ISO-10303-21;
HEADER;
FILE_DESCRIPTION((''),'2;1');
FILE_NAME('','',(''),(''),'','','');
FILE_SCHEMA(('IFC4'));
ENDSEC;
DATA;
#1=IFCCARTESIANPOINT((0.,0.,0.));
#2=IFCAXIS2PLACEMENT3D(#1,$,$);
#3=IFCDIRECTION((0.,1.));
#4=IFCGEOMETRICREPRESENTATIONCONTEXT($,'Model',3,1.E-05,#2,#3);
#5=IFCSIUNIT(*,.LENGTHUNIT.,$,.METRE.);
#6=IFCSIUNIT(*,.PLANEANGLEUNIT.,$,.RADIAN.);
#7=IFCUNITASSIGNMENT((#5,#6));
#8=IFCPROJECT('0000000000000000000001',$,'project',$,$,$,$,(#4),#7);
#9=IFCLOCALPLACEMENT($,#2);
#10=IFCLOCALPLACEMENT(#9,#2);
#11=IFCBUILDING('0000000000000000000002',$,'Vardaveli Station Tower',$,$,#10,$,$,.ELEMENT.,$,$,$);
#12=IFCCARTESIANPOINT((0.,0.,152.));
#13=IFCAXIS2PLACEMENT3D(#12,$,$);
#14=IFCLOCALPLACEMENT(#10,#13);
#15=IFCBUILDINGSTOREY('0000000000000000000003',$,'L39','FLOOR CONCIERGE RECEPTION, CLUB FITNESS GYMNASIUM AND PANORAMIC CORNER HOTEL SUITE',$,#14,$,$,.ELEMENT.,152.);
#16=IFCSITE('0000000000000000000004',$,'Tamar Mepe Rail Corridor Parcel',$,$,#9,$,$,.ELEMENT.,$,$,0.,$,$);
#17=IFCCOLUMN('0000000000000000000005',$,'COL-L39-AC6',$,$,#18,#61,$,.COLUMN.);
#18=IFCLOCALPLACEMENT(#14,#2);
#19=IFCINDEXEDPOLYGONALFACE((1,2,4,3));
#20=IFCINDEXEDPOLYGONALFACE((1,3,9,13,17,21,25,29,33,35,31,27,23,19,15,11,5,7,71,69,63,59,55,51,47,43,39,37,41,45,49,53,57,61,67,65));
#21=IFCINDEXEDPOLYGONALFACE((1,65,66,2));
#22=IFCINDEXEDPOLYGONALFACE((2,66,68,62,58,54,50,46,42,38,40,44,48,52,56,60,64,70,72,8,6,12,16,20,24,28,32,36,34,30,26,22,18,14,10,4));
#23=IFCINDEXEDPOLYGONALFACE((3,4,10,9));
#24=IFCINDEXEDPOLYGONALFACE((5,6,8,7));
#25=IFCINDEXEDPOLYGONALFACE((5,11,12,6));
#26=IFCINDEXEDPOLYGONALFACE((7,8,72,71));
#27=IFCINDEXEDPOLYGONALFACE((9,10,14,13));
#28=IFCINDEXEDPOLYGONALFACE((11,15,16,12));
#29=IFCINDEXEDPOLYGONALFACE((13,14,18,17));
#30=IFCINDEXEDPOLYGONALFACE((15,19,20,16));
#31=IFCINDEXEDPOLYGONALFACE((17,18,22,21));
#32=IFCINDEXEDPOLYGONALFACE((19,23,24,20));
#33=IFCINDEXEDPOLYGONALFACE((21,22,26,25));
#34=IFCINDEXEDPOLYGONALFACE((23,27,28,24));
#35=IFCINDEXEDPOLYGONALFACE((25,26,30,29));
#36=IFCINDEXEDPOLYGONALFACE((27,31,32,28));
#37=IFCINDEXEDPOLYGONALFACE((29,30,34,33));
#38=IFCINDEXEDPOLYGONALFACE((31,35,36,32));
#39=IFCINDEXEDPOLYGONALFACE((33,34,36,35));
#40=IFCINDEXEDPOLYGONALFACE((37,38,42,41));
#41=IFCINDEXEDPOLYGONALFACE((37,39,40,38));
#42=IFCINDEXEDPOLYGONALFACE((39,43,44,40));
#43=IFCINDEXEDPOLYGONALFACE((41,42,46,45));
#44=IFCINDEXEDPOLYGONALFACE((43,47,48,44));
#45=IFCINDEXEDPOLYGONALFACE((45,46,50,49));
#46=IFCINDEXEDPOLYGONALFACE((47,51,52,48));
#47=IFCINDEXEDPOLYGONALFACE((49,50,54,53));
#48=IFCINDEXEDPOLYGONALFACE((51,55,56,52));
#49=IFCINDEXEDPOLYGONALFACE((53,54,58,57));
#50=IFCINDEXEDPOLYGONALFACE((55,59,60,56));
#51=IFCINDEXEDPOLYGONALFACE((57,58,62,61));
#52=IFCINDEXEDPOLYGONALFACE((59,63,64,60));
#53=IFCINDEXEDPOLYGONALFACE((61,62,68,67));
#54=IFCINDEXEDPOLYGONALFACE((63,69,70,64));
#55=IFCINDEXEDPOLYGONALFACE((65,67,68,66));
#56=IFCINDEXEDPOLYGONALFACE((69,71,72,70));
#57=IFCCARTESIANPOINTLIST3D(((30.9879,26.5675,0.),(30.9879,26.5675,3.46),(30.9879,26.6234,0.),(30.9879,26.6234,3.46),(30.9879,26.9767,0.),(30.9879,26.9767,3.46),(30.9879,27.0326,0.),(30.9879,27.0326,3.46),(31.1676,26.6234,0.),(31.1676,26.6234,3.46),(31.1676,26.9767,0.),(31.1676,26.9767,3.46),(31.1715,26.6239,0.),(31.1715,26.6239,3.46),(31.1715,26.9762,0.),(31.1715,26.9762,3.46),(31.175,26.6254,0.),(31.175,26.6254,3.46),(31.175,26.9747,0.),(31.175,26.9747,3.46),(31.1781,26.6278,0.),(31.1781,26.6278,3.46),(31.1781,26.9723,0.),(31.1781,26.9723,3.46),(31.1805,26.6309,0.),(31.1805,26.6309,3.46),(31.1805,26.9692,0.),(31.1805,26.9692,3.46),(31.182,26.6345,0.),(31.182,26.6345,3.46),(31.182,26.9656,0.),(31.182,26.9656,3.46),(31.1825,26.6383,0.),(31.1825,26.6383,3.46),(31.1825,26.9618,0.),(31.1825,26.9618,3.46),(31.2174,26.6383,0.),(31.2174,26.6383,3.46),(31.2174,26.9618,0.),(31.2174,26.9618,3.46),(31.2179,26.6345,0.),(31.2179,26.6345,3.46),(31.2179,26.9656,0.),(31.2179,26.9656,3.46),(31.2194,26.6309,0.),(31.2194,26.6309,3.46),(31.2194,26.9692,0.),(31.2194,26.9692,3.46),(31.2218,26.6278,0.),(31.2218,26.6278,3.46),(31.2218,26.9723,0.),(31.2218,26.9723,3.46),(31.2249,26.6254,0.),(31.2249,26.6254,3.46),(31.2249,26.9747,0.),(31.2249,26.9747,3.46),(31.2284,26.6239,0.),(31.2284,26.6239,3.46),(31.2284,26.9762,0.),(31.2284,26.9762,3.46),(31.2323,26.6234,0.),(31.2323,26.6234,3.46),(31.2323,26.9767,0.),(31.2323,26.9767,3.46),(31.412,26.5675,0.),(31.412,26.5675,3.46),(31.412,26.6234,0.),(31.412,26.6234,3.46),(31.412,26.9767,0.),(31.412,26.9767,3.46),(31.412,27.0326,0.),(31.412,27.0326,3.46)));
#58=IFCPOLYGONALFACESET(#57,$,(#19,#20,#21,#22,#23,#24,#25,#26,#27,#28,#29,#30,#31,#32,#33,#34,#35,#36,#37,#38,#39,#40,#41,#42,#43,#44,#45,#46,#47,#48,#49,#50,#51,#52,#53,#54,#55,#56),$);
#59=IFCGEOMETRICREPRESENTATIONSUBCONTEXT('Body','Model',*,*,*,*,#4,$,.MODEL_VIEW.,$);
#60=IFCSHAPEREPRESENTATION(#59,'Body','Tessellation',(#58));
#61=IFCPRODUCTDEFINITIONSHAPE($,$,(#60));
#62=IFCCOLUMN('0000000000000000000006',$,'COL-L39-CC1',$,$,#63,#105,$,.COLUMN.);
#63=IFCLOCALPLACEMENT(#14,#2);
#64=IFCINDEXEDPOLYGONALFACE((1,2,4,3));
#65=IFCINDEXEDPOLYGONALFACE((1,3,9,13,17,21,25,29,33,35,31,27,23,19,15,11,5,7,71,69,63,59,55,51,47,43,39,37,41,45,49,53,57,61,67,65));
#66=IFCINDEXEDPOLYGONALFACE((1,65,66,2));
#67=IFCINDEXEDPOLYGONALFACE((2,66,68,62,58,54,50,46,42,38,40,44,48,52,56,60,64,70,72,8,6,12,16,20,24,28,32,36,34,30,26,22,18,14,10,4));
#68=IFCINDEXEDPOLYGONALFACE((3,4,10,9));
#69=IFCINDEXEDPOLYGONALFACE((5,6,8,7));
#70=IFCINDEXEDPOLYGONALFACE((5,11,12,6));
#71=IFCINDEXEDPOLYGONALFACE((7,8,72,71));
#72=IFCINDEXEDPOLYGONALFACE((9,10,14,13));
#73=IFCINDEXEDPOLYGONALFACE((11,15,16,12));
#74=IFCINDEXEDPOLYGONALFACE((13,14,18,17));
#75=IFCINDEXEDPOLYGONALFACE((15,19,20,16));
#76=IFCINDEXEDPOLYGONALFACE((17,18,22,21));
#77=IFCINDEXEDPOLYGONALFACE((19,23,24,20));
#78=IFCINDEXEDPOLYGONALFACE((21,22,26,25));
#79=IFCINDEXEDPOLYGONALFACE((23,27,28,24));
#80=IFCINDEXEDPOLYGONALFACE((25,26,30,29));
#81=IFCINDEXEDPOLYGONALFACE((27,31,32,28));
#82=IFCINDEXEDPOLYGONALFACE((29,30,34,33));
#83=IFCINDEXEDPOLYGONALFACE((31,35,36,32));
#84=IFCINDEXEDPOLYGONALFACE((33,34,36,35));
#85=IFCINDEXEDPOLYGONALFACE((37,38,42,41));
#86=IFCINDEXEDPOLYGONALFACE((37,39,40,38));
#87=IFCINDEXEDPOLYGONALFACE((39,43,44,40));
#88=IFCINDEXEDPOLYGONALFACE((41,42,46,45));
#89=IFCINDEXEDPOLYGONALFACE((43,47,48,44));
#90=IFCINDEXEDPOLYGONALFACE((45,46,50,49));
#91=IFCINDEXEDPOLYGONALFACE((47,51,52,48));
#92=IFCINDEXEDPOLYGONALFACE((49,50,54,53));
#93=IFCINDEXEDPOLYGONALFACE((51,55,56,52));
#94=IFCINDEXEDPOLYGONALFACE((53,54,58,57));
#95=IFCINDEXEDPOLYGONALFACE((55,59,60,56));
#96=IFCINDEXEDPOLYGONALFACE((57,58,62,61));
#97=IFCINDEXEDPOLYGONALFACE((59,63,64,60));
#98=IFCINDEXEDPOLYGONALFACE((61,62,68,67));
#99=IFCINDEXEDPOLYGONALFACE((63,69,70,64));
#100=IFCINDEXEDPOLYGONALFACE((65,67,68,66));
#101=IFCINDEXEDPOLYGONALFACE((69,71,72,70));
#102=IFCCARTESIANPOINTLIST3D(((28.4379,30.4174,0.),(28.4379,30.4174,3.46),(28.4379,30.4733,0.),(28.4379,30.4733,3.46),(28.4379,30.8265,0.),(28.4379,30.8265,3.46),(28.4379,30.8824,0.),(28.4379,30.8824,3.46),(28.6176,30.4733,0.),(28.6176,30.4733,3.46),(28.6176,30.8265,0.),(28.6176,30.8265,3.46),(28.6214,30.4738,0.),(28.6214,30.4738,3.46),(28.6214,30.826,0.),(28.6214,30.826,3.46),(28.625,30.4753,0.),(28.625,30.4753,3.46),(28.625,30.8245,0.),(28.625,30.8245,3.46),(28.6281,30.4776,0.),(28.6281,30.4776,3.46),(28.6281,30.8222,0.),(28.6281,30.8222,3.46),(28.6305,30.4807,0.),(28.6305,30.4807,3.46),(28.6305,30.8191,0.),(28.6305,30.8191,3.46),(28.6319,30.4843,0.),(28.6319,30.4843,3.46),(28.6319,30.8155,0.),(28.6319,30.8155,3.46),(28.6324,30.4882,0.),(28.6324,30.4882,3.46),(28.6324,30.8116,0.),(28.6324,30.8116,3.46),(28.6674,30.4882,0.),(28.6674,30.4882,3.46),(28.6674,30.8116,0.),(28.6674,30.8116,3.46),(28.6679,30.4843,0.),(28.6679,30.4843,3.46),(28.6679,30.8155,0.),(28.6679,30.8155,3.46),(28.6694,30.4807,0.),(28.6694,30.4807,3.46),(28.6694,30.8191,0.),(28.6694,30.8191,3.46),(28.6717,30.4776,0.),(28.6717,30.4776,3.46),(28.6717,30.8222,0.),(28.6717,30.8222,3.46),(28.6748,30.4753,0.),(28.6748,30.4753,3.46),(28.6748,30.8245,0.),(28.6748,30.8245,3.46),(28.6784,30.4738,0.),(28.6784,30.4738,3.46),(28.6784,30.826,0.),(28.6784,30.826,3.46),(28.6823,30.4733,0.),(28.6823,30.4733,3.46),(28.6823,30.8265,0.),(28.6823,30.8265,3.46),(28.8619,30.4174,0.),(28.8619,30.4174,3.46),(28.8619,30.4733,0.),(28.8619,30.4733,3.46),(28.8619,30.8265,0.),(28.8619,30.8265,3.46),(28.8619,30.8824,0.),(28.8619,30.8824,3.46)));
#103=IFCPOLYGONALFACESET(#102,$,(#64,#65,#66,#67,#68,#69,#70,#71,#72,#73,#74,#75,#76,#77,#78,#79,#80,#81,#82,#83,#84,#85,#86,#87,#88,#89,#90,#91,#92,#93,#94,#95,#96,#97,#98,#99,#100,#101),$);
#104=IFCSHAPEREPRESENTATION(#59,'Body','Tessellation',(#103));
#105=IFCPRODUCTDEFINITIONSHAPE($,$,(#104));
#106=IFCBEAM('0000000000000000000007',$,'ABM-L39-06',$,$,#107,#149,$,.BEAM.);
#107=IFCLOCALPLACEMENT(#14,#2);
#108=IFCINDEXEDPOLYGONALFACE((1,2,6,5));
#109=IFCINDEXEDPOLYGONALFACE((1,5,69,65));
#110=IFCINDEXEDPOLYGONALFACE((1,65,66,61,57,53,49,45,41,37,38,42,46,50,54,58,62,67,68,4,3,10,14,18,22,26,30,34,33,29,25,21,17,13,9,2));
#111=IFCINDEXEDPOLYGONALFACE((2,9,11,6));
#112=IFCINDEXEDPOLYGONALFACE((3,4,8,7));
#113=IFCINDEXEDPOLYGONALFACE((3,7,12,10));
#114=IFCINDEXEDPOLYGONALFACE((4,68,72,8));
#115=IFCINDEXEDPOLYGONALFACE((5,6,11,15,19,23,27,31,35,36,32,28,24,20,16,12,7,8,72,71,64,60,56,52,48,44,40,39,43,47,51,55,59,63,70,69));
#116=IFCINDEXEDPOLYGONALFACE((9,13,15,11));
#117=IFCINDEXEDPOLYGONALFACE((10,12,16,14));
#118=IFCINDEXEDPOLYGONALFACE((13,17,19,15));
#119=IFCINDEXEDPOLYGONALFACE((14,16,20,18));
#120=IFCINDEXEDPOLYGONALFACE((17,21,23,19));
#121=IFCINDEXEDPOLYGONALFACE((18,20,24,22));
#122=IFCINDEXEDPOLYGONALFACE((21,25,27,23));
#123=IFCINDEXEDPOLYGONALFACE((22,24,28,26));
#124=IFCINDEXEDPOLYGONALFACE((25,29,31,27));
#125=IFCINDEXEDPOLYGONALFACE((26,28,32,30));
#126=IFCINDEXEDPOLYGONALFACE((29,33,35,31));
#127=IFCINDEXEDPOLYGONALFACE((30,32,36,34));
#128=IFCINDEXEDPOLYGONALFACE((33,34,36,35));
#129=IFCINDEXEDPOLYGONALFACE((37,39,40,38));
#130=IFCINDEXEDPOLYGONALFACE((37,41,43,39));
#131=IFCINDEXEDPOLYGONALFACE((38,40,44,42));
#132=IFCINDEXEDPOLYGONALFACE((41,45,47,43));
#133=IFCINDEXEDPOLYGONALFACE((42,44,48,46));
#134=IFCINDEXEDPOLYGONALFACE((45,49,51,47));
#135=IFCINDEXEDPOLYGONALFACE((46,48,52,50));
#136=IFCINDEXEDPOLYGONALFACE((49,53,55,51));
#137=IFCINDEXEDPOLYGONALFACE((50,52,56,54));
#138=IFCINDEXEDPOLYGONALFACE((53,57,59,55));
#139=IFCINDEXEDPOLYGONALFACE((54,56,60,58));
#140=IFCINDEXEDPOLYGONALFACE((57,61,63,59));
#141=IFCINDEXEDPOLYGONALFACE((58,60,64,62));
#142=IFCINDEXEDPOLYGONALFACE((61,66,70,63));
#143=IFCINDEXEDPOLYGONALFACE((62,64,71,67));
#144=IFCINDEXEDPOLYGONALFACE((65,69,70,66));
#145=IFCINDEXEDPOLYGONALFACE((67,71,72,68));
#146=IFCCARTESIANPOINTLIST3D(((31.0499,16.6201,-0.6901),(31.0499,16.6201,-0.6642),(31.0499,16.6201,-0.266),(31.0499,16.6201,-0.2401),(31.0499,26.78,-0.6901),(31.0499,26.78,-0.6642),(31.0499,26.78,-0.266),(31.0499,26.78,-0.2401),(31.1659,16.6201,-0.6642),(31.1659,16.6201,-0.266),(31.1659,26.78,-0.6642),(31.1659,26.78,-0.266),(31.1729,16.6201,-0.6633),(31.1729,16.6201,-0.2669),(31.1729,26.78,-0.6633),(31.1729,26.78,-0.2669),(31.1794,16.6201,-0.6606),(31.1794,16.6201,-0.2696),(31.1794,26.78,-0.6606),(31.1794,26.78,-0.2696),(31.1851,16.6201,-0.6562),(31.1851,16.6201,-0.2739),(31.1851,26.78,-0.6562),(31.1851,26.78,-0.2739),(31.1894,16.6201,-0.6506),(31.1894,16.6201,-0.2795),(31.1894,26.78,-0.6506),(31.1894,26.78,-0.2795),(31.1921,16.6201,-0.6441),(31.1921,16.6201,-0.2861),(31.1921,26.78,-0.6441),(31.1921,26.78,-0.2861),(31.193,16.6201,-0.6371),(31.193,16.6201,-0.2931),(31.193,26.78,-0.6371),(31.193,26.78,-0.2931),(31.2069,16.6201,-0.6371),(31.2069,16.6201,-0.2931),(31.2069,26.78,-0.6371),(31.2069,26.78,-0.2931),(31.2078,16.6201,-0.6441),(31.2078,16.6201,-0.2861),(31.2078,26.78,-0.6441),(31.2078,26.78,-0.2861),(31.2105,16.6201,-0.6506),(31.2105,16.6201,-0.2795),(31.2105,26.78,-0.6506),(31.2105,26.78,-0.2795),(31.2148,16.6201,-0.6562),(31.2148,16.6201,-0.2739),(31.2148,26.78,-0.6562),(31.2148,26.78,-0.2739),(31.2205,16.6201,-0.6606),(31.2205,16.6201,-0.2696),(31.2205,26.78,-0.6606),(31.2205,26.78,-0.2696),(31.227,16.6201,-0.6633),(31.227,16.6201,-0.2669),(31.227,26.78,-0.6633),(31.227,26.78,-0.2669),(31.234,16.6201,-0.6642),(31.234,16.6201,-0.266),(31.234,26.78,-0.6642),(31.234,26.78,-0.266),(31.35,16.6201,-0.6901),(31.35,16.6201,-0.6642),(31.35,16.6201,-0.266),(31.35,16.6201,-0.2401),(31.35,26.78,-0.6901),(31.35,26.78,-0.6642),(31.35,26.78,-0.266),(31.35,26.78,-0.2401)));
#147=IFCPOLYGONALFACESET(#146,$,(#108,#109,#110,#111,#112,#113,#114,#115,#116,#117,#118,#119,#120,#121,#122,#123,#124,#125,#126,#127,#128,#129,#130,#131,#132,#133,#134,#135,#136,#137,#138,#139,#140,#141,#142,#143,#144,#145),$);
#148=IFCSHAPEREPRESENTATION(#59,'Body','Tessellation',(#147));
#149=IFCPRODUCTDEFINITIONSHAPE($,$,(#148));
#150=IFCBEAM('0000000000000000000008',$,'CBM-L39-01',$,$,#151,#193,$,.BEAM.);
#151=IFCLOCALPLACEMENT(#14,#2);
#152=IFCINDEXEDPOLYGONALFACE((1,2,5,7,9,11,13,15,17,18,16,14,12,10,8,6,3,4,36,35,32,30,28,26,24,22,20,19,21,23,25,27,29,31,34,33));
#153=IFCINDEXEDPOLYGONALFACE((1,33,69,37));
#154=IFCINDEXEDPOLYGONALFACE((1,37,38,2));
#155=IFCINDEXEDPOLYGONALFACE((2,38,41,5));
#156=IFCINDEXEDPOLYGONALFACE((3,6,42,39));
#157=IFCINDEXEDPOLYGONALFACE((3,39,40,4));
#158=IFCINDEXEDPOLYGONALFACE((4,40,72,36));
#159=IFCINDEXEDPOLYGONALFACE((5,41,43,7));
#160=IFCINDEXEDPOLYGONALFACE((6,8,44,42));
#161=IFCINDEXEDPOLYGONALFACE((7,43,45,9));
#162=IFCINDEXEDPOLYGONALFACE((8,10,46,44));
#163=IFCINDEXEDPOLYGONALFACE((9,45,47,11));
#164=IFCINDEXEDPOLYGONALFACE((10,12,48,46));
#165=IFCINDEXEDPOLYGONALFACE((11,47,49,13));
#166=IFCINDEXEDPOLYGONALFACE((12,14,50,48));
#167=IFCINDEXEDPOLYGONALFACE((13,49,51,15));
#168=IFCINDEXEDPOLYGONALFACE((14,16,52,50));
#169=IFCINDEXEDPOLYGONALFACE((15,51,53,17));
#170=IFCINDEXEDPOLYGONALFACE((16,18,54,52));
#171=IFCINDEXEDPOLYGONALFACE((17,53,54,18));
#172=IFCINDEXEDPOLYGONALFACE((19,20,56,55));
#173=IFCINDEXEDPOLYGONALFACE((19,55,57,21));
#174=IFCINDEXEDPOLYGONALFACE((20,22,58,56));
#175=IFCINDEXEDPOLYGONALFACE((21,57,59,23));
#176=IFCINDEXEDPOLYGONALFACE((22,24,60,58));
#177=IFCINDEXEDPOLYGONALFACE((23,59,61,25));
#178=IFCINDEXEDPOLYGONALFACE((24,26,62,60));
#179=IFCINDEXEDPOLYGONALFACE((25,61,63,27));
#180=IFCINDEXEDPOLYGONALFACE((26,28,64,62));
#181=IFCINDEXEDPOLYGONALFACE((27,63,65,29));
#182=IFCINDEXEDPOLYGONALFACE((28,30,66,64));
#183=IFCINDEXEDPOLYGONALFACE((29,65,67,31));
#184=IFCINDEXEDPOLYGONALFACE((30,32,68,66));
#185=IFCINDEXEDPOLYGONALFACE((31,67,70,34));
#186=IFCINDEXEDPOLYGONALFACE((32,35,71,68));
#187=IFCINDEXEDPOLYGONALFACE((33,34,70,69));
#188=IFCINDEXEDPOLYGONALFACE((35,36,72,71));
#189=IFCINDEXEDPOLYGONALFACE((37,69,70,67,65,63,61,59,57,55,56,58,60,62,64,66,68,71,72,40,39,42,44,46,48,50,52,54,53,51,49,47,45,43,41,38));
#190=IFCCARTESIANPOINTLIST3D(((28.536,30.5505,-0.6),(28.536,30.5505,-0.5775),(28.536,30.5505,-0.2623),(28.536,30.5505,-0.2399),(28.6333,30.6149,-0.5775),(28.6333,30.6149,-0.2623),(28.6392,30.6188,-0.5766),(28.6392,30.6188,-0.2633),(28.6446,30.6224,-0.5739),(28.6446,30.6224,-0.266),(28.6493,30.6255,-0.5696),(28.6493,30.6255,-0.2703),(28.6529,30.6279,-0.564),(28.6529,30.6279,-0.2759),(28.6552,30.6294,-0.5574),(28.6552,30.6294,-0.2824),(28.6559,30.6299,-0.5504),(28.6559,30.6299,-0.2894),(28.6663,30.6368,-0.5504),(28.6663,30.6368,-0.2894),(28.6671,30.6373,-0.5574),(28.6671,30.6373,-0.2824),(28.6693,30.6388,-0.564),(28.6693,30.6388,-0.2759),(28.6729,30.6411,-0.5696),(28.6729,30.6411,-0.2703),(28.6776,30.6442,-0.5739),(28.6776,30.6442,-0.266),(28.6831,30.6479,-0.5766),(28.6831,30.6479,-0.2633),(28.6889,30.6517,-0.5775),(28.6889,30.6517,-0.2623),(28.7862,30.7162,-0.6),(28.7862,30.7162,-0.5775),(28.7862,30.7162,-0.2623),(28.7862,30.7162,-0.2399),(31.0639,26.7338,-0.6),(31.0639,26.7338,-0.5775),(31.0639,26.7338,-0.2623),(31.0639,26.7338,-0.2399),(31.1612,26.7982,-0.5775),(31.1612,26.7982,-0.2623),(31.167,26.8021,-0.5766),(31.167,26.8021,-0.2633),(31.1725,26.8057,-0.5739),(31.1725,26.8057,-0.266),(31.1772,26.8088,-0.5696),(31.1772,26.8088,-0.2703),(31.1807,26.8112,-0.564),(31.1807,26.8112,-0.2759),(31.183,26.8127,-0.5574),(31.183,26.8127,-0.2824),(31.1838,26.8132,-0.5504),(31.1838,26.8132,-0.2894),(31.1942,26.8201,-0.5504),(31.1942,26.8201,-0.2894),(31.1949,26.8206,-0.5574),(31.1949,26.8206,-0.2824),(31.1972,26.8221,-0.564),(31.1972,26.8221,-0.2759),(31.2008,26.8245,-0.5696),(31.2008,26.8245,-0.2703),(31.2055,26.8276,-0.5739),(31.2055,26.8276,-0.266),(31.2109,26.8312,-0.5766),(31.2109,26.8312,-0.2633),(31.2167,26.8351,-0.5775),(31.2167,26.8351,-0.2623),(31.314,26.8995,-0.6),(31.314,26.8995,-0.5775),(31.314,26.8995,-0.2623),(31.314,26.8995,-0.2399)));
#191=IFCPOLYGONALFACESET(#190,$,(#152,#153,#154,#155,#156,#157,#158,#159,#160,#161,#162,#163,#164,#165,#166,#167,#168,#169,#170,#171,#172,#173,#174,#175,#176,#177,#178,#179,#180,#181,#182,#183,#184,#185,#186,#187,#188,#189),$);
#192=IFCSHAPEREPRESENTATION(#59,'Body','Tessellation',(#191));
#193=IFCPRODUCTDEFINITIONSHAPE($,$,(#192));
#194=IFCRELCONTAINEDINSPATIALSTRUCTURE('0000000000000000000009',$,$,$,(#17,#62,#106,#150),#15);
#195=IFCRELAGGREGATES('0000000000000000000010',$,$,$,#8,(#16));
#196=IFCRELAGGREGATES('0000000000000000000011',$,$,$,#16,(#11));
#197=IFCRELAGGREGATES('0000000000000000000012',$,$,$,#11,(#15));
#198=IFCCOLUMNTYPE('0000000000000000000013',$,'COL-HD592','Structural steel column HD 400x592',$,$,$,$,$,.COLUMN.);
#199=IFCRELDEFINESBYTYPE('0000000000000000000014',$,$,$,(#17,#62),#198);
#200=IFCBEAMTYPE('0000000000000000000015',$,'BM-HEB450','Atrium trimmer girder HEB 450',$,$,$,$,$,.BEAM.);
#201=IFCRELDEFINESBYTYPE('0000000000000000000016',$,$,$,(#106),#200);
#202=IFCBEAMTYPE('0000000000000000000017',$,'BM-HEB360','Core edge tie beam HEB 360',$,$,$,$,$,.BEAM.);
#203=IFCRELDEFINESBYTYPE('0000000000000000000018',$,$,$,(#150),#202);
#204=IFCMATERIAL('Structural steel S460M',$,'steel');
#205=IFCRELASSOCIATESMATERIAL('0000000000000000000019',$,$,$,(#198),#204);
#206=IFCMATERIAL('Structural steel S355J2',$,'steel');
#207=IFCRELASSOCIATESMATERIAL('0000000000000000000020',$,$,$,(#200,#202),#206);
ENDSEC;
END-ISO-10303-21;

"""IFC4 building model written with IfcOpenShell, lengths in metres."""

from ifc_helpers import new_model, si_unit, direction, frame, origin, origin_2d, place, context, subcontext, project, spatial, i_section, extrude, source, transform, mapped, material, material_profile, profile_set, type_object, element, save


model = new_model("IFC4")

# Units and contexts
model_context = context("Model", 3, precision=1e-05, world=origin(), true_north=direction((0.0, 1.0)))
body_context = subcontext(model_context, "Body", "Model", "MODEL_VIEW")
ifc_project = project(units=[si_unit("LENGTHUNIT", "METRE"), si_unit("PLANEANGLEUNIT", "RADIAN")], contexts=[model_context])

# Site, building, storey
site_placement = place(None, origin())
site = spatial("IfcSite", under=ifc_project, at=site_placement, Name="Tamar Mepe Rail Corridor Parcel", CompositionType="ELEMENT", RefElevation=0.0)
building_placement = place(site_placement, origin())
building = spatial("IfcBuilding", under=site, at=building_placement, Name="Vardaveli Station Tower", CompositionType="ELEMENT")
storey_placement = place(building_placement, frame((0.0, 0.0, 152.0)))
storey = spatial("IfcBuildingStorey", under=building, at=storey_placement, Name="L39", Description="FLOOR CONCIERGE RECEPTION, CLUB FITNESS GYMNASIUM AND PANORAMIC CORNER HOTEL SUITE", CompositionType="ELEMENT", Elevation=152.0)

# Columns
ifc_material_1 = material(Name="Structural steel S460M", Category="steel")
ifc_material_profile_1 = material_profile(ifc_material_1, i_section(OverallWidth=0.4241, OverallDepth=0.4651, WebThickness=0.0349, FlangeThickness=0.0559, FilletRadius=0.0149, at=origin_2d()), Name="HD 400x592")
ifc_profile_set_1 = profile_set([ifc_material_profile_1], Name="Structural steel S460M")
column_type = type_object("IfcColumnType", Name="COL-HD592", Description="Structural steel column HD 400x592", PredefinedType="COLUMN", material=ifc_profile_set_1)
shared_shape_1 = source(origin(), body_context, "Body", "SweptSolid", [
    extrude(i_section(OverallWidth=0.4241, OverallDepth=0.4651, WebThickness=0.0349, FlangeThickness=0.0559, FilletRadius=0.0149, at=origin_2d()), origin(), (0.0, 0.0, 1.0), 3.46),
])
for number, where, z_axis, x_axis, name in (
    (1, (31.2, 26.8, 0.0), (0.0, 0.0, 1.0), (1.0, 0.0, 0.0), "COL-L39-AC6"),
    (2, (28.6499, 30.6499, 0.0), (0.0, 0.0, 1.0), (1.0, 0.0, 0.0), "COL-L39-CC1"),
):
    element("IfcColumn", number, at=place(storey_placement, frame(where, z_axis=z_axis, x_axis=x_axis)), inside=storey, type_object=column_type, Name=name, PredefinedType="COLUMN", context=body_context, shape_type="MappedRepresentation", body=[
        mapped(shared_shape_1, transform((0.0, 0.0, 0.0), scale=1.0)),
    ])

# Beams
ifc_material_2 = material(Name="Structural steel S355J2", Category="steel")
ifc_material_profile_2 = material_profile(ifc_material_2, i_section(OverallWidth=0.3, OverallDepth=0.45, WebThickness=0.0139, FlangeThickness=0.0259, FilletRadius=0.0271, at=origin_2d()), Name="HEB 450")
ifc_profile_set_2 = profile_set([ifc_material_profile_2], Name="Structural steel S355J2")
beam_type_1 = type_object("IfcBeamType", Name="BM-HEB450", Description="Atrium trimmer girder HEB 450", PredefinedType="BEAM", material=ifc_profile_set_2)
shared_shape_2 = source(origin(), body_context, "Body", "SweptSolid", [
    extrude(i_section(OverallWidth=0.3, OverallDepth=0.45, WebThickness=0.0139, FlangeThickness=0.0259, FilletRadius=0.0271, at=origin_2d()), origin(), (0.0, 0.0, 1.0), 10.1599),
])
beam_1_placement = place(storey_placement, frame((31.2, 26.78, -0.4651), z_axis=(0.0, -1.0, 0.0), x_axis=(1.0, 0.0, 0.0)))
element("IfcBeam", 3, at=beam_1_placement, inside=storey, type_object=beam_type_1, Name="ABM-L39-06", PredefinedType="BEAM", context=body_context, shape_type="MappedRepresentation", body=[
    mapped(shared_shape_2, transform((0.0, 0.0, 0.0), scale=1.0)),
])
ifc_material_profile_3 = material_profile(ifc_material_2, i_section(OverallWidth=0.3, OverallDepth=0.3601, WebThickness=0.0125, FlangeThickness=0.0225, FilletRadius=0.0271, at=origin_2d()), Name="HEB 360")
ifc_profile_set_3 = profile_set([ifc_material_profile_3], Name="Structural steel S355J2")
beam_type_2 = type_object("IfcBeamType", Name="BM-HEB360", Description="Core edge tie beam HEB 360", PredefinedType="BEAM", material=ifc_profile_set_3)
shared_shape_3 = source(origin(), body_context, "Body", "SweptSolid", [
    extrude(i_section(OverallWidth=0.3, OverallDepth=0.3601, WebThickness=0.0125, FlangeThickness=0.0225, FilletRadius=0.0271, at=origin_2d()), origin(), (0.0, 0.0, 1.0), 4.5779),
])
beam_2_placement = place(storey_placement, frame((31.189, 26.8167, -0.4199), z_axis=(-0.552187, 0.83372, 0.0), x_axis=(-0.83372, -0.552187, 0.0)))
element("IfcBeam", 4, at=beam_2_placement, inside=storey, type_object=beam_type_2, Name="CBM-L39-01", PredefinedType="BEAM", context=body_context, shape_type="MappedRepresentation", body=[
    mapped(shared_shape_3, transform((0.0, 0.0, 0.0), scale=1.0)),
])

save(model, "model.ifc")
